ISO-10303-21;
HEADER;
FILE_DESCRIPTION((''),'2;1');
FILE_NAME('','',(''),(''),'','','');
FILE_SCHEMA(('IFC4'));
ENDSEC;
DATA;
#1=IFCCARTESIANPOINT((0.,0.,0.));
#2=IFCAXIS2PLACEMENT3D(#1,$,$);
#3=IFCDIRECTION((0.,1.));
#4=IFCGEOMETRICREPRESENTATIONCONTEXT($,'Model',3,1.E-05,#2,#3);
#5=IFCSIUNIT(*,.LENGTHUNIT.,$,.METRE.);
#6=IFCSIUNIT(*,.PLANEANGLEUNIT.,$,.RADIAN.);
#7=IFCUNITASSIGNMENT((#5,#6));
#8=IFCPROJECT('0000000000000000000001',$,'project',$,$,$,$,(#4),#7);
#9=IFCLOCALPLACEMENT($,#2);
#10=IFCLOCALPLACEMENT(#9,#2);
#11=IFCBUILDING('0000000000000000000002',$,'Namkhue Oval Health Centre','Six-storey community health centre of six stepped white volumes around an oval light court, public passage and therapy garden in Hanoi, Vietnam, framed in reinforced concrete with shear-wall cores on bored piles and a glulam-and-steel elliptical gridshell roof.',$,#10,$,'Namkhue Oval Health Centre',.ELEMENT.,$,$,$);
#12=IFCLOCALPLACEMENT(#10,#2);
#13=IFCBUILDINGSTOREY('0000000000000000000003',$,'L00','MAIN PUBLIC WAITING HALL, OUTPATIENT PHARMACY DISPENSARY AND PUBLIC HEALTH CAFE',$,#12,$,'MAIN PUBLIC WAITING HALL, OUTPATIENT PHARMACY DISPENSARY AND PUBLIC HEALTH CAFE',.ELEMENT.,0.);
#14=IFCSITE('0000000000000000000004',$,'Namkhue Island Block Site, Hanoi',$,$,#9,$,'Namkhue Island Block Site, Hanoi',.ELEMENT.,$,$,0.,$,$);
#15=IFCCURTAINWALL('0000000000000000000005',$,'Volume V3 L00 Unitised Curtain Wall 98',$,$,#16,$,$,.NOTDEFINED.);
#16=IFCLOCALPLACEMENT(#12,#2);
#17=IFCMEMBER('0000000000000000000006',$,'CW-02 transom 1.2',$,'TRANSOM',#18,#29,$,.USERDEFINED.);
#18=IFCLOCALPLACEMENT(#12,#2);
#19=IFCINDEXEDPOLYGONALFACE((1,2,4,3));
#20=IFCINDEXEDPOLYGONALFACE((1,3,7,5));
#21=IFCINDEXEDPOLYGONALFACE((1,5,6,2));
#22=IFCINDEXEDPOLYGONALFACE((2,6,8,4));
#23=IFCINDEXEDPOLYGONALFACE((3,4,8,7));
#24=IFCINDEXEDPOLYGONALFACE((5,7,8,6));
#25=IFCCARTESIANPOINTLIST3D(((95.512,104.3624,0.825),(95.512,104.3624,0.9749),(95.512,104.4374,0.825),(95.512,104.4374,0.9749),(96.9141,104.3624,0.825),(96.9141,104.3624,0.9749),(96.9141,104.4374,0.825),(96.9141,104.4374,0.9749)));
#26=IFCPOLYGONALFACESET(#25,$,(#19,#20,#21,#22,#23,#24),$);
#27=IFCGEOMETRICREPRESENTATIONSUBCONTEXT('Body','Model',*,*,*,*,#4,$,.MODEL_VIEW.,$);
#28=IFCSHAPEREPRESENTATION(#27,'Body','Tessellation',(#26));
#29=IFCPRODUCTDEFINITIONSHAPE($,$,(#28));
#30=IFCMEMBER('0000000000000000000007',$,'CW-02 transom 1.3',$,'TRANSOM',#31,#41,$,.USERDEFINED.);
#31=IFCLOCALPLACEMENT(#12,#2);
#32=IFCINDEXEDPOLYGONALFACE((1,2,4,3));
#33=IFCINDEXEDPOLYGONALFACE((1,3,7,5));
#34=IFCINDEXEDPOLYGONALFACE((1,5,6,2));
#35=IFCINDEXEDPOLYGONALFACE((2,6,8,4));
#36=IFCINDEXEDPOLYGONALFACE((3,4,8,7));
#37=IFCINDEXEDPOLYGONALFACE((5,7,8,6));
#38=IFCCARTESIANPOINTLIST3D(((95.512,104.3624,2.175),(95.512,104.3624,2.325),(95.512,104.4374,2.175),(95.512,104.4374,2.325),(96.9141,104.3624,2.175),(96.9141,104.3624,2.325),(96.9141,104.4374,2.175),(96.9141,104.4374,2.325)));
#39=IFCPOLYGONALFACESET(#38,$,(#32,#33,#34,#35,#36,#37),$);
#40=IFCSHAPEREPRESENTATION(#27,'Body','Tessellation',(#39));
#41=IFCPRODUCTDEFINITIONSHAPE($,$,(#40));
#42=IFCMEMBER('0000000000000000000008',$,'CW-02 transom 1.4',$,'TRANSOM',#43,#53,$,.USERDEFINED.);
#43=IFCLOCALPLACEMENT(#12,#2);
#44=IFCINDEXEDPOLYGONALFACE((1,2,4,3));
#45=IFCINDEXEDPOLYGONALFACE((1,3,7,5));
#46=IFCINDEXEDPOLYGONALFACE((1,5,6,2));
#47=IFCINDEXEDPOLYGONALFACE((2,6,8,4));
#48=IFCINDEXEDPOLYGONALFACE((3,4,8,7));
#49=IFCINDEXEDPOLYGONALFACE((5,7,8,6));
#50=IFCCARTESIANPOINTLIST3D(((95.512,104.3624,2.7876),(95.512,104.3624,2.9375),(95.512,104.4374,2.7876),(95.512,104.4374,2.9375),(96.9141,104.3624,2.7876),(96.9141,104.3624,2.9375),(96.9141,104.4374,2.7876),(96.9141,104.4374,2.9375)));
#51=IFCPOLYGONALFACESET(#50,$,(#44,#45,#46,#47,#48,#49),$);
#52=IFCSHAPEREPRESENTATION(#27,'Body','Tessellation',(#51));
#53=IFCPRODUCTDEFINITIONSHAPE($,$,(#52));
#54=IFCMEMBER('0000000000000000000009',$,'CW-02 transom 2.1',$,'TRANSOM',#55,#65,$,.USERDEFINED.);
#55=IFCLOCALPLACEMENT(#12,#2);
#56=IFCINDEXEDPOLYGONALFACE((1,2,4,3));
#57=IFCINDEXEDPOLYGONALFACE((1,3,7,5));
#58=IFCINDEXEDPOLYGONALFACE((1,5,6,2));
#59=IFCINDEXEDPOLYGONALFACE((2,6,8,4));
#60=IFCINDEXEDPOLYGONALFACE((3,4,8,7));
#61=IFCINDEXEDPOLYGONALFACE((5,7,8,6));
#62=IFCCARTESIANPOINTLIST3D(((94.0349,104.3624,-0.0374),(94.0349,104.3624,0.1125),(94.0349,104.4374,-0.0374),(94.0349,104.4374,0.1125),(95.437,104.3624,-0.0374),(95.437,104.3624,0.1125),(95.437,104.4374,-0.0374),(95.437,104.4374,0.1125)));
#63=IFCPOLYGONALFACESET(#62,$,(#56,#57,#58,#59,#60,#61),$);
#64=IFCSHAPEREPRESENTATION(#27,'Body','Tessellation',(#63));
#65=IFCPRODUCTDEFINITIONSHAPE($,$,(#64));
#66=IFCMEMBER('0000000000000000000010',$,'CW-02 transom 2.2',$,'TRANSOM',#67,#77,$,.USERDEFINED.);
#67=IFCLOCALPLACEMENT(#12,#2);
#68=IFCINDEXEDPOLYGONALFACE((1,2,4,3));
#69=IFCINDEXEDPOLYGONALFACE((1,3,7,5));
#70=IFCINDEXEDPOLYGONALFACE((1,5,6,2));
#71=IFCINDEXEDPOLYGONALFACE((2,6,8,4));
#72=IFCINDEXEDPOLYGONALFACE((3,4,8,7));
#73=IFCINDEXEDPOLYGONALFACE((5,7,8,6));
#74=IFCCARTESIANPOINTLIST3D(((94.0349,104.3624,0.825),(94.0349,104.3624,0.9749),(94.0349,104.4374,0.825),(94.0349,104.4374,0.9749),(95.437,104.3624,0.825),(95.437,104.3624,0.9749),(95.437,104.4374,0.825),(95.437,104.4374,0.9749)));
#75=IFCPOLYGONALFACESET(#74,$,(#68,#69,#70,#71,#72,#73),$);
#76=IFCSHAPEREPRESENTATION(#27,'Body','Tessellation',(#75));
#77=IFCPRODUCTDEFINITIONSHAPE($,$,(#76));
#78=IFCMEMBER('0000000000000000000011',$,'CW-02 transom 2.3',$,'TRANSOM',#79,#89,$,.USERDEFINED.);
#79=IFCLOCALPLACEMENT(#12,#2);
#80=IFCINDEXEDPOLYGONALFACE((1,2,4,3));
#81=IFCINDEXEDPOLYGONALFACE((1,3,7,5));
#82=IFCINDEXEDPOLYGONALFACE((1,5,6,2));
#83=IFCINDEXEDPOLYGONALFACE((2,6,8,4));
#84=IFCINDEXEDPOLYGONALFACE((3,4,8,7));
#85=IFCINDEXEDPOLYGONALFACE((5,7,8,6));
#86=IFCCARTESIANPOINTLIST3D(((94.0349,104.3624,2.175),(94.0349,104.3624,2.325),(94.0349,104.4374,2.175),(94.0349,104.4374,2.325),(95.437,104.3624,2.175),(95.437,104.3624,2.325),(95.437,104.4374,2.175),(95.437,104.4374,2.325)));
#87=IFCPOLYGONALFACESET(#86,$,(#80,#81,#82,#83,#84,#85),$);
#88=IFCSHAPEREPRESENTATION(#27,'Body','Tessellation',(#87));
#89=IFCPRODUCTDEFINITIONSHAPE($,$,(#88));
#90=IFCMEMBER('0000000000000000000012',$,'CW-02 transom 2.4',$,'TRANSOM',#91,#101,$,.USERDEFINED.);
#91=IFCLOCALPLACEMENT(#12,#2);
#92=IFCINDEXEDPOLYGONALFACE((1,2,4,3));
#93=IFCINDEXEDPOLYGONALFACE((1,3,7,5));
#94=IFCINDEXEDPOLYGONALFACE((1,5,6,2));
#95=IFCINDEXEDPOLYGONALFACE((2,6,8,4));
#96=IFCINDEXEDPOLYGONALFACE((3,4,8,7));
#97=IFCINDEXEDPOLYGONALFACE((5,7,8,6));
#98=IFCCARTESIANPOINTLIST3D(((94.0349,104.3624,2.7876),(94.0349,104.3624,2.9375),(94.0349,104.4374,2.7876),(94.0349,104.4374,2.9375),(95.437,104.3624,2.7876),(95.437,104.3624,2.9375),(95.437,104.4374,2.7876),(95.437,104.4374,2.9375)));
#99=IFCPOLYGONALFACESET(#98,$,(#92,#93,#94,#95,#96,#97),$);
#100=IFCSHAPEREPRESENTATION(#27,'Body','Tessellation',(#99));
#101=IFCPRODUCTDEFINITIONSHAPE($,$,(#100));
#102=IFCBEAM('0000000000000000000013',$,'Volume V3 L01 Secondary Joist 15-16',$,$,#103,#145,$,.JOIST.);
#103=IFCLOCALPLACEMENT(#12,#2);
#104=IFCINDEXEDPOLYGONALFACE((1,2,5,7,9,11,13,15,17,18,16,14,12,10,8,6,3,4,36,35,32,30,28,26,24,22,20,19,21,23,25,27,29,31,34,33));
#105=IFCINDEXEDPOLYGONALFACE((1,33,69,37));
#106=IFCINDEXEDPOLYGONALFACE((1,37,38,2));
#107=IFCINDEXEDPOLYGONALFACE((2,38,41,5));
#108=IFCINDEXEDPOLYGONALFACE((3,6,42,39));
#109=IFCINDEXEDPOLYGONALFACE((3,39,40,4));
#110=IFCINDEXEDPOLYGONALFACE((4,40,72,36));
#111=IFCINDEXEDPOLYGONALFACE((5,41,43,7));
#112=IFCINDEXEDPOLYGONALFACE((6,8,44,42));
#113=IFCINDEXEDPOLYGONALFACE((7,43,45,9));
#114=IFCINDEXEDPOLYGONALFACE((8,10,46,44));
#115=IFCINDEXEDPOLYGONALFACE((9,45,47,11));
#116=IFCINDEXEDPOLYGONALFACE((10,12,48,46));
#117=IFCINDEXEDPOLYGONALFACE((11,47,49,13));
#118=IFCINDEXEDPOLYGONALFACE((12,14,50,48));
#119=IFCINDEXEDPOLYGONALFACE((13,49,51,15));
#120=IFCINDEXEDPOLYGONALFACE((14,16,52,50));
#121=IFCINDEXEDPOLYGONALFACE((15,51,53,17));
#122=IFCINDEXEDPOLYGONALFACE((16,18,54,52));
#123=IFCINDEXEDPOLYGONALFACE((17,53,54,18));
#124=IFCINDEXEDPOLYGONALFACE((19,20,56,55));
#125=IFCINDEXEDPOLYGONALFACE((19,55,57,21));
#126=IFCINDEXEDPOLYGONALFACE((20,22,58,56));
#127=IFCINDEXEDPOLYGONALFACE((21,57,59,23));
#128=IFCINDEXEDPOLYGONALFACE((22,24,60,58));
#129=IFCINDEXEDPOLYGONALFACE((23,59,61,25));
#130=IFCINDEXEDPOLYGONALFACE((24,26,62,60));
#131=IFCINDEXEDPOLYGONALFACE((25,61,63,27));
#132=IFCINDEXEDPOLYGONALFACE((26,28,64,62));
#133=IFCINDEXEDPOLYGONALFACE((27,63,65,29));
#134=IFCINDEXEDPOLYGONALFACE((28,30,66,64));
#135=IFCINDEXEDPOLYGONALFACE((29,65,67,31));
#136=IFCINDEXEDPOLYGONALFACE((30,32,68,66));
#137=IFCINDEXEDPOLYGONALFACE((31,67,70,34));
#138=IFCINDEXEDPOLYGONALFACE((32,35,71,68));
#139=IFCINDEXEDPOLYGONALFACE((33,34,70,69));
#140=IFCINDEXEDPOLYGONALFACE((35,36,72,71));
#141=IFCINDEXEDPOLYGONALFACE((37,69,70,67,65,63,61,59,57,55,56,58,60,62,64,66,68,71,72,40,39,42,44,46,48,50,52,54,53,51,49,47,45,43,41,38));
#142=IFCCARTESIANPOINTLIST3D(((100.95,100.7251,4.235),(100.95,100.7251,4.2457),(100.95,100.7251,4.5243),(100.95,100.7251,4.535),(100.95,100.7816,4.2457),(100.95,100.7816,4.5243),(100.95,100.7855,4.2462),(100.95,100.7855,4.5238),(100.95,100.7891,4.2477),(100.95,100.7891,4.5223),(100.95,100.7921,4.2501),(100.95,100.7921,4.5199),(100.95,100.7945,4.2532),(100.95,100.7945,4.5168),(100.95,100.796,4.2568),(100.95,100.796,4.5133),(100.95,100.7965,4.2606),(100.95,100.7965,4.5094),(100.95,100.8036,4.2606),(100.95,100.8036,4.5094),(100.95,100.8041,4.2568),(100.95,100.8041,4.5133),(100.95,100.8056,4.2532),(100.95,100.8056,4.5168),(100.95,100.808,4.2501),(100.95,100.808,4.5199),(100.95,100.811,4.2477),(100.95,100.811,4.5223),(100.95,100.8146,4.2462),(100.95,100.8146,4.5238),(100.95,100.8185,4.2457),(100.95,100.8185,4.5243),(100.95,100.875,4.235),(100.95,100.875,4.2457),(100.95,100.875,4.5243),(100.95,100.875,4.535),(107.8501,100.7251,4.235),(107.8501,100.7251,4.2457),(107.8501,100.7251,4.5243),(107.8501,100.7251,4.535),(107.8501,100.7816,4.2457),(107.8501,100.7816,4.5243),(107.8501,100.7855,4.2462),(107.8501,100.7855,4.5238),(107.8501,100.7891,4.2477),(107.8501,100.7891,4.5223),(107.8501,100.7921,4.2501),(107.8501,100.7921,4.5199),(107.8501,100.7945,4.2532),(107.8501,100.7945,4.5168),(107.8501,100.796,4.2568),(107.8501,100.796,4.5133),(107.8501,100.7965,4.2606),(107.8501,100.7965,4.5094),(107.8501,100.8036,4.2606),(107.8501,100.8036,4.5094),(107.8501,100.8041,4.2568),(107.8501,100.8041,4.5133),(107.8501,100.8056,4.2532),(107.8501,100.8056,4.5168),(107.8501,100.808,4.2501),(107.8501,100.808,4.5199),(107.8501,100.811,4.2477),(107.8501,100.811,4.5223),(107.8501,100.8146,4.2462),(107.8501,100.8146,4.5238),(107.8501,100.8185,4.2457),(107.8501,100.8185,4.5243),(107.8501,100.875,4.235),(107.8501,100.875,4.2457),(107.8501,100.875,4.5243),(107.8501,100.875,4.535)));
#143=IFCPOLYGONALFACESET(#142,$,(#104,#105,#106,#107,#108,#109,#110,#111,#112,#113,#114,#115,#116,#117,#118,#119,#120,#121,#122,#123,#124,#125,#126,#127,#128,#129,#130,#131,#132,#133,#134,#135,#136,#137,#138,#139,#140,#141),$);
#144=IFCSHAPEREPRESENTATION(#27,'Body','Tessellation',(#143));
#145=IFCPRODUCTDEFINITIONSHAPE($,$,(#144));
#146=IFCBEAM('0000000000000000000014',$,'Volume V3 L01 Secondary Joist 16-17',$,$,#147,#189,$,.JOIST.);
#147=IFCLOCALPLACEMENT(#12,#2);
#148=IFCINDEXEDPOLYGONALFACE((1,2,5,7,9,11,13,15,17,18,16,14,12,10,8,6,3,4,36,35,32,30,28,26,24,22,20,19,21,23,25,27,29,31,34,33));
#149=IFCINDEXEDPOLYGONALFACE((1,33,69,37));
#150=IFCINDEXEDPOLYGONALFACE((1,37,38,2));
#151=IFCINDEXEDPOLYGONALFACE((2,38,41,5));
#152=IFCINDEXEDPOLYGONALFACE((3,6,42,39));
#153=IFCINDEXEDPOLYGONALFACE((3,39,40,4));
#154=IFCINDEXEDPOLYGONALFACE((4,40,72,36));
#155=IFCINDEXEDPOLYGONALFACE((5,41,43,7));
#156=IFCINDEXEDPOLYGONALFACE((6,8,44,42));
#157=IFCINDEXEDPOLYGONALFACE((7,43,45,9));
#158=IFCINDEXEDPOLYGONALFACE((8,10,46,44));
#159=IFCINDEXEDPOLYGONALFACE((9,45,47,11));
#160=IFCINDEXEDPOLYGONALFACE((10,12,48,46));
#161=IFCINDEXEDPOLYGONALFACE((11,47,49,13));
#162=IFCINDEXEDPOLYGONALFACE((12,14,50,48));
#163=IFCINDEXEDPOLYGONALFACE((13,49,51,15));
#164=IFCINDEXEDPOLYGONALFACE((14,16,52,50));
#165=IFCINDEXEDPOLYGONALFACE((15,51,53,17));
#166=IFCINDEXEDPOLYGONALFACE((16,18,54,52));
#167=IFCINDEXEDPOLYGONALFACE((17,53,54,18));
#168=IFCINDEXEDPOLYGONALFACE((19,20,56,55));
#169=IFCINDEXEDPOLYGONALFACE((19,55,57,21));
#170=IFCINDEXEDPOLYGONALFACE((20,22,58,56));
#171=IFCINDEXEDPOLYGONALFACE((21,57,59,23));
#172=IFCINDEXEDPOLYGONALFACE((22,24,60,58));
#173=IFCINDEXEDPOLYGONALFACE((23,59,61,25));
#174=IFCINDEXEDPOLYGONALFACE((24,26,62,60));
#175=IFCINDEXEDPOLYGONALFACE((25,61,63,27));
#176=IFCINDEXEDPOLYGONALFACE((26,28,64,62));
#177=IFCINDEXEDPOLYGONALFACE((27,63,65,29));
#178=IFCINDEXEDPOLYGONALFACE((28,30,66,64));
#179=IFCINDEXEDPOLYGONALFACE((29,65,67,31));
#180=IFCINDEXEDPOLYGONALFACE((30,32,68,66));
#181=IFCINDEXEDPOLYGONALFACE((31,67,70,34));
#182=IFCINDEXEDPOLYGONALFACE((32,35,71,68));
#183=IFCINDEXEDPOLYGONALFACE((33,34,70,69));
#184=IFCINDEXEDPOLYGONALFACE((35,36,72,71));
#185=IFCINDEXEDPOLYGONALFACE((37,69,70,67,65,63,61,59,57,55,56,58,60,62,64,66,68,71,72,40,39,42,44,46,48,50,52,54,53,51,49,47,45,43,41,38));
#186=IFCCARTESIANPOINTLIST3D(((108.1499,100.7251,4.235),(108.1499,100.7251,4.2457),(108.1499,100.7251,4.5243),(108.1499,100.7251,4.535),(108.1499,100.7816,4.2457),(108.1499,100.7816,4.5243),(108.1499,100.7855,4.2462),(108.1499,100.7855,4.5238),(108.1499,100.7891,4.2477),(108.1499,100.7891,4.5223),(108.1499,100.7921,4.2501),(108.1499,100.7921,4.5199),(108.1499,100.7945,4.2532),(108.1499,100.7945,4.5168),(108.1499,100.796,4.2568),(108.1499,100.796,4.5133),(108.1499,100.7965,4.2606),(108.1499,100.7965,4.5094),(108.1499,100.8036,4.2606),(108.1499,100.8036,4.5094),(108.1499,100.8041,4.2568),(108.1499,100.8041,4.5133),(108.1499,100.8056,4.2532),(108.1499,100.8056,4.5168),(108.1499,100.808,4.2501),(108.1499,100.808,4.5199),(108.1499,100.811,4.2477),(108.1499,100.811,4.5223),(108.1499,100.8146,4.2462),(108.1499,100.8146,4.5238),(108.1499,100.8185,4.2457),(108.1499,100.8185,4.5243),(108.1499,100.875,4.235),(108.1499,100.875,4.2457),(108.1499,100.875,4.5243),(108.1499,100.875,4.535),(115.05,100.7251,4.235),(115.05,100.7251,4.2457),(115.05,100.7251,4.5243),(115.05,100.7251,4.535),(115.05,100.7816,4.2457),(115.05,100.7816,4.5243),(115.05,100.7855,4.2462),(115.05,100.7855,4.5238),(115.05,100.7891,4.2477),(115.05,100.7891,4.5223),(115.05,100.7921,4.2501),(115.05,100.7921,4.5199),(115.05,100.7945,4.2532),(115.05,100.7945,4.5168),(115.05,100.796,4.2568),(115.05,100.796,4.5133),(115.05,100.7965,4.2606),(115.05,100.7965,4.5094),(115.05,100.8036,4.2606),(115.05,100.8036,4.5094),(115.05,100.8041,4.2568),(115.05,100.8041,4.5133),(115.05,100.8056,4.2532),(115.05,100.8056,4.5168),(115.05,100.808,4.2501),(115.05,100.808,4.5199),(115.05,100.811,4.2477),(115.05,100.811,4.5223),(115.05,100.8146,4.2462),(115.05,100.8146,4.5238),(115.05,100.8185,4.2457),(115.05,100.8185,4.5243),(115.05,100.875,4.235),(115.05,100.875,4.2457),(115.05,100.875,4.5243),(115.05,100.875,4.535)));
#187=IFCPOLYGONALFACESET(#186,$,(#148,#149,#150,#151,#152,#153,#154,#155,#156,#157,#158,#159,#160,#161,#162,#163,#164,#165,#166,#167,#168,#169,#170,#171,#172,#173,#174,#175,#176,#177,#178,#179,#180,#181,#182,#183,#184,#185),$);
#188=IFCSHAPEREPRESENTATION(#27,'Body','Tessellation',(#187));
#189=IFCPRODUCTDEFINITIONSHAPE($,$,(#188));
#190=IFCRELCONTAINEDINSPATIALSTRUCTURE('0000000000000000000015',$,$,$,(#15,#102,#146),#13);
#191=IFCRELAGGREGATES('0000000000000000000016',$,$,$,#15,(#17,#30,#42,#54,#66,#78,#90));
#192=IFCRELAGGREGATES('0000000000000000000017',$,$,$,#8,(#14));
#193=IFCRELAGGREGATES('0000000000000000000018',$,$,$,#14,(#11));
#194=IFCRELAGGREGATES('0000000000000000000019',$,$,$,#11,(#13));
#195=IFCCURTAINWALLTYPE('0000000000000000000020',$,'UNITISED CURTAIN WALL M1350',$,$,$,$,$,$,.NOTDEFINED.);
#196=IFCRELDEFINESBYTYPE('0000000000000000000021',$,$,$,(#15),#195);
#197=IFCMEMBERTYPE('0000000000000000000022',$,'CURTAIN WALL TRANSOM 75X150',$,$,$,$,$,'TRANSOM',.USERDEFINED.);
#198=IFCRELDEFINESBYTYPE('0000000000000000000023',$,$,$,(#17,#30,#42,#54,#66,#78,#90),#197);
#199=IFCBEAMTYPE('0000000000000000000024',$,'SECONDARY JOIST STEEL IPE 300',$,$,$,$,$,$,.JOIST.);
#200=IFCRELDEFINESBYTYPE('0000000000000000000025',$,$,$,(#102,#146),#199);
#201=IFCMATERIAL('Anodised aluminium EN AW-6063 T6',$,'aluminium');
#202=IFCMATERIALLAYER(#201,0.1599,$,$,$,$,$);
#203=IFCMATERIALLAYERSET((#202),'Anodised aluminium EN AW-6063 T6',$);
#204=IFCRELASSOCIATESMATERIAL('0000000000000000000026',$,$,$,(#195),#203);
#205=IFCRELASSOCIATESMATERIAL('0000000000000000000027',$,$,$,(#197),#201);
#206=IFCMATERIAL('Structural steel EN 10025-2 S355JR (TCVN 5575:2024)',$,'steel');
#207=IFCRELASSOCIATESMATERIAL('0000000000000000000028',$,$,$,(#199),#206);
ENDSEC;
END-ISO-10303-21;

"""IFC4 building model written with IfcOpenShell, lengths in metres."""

from ifc_helpers import new_model, si_unit, direction, frame, origin, origin_2d, place, context, subcontext, project, spatial, rectangle, i_section, extrude, material, layer, layer_set, material_profile, profile_set, type_object, element, aggregate, save


model = new_model("IFC4")

# Units and contexts
model_context = context("Model", 3, precision=1e-05, world=origin(), true_north=direction((0.0, 1.0)))
body_context = subcontext(model_context, "Body", "Model", "MODEL_VIEW")
ifc_project = project(units=[si_unit("LENGTHUNIT", "METRE"), si_unit("PLANEANGLEUNIT", "RADIAN")], contexts=[model_context])

# Site, building, storey
site_placement = place(None, origin())
site = spatial("IfcSite", under=ifc_project, at=site_placement, Name="Namkhue Island Block Site, Hanoi", LongName="Namkhue Island Block Site, Hanoi", CompositionType="ELEMENT", RefElevation=0.0)
building_placement = place(site_placement, origin())
building = spatial("IfcBuilding", under=site, at=building_placement, Name="Namkhue Oval Health Centre", Description="Six-storey community health centre of six stepped white volumes around an oval light court, public passage and therapy garden in Hanoi, Vietnam, framed in reinforced concrete with shear-wall cores on bored piles and a glulam-and-steel elliptical gridshell roof.", LongName="Namkhue Oval Health Centre", CompositionType="ELEMENT")
storey_placement = place(building_placement, origin())
storey = spatial("IfcBuildingStorey", under=building, at=storey_placement, Name="L00", Description="MAIN PUBLIC WAITING HALL, OUTPATIENT PHARMACY DISPENSARY AND PUBLIC HEALTH CAFE", LongName="MAIN PUBLIC WAITING HALL, OUTPATIENT PHARMACY DISPENSARY AND PUBLIC HEALTH CAFE", CompositionType="ELEMENT", Elevation=0.0)

# Shared definitions
ifc_material_1 = material(Name="Anodised aluminium EN AW-6063 T6", Category="aluminium")

# Curtain wall, members
ifc_layer_1 = layer(ifc_material_1, 0.1599)
ifc_layer_set_1 = layer_set([ifc_layer_1], Name="Anodised aluminium EN AW-6063 T6")
curtain_wall_type_1 = type_object("IfcCurtainWallType", Name="UNITISED CURTAIN WALL M1350", PredefinedType="NOTDEFINED", material=ifc_layer_set_1)
curtain_wall_1_placement = place(storey_placement, origin())
curtain_wall_1 = element("IfcCurtainWall", 1, at=curtain_wall_1_placement, inside=storey, type_object=curtain_wall_type_1, Name="Volume V3 L00 Unitised Curtain Wall 98", PredefinedType="NOTDEFINED")
ifc_material_profile_1 = material_profile(ifc_material_1, rectangle(XDim=0.075, YDim=0.1499, at=origin_2d()), Name="ALU 75x150")
ifc_profile_set_1 = profile_set([ifc_material_profile_1], Name="Anodised aluminium EN AW-6063 T6")
member_type_1 = type_object("IfcMemberType", Name="CURTAIN WALL TRANSOM 75X150", ElementType="TRANSOM", PredefinedType="USERDEFINED", material=ifc_profile_set_1)
member_1_placement = place(storey_placement, frame((96.9141, 104.3999, 0.8999), z_axis=(-1.0, 0.0, 0.0), x_axis=(0.0, -1.0, 0.0)))
member_1 = element("IfcMember", 2, at=member_1_placement, type_object=member_type_1, Name="CW-02 transom 1.2", ObjectType="TRANSOM", PredefinedType="USERDEFINED", context=body_context, shape_type="SweptSolid", body=[
    extrude(rectangle(XDim=0.075, YDim=0.1499, at=origin_2d()), origin(), (0.0, 0.0, 1.0), 1.4021),
])
member_2_placement = place(storey_placement, frame((96.9141, 104.3999, 2.25), z_axis=(-1.0, 0.0, 0.0), x_axis=(0.0, -1.0, 0.0)))
member_2 = element("IfcMember", 3, at=member_2_placement, type_object=member_type_1, Name="CW-02 transom 1.3", ObjectType="TRANSOM", PredefinedType="USERDEFINED", context=body_context, shape_type="SweptSolid", body=[
    extrude(rectangle(XDim=0.075, YDim=0.1499, at=origin_2d()), origin(), (0.0, 0.0, 1.0), 1.4021),
])
member_3_placement = place(storey_placement, frame((96.9141, 104.3999, 2.8625), z_axis=(-1.0, 0.0, 0.0), x_axis=(0.0, -1.0, 0.0)))
member_3 = element("IfcMember", 4, at=member_3_placement, type_object=member_type_1, Name="CW-02 transom 1.4", ObjectType="TRANSOM", PredefinedType="USERDEFINED", context=body_context, shape_type="SweptSolid", body=[
    extrude(rectangle(XDim=0.075, YDim=0.1499, at=origin_2d()), origin(), (0.0, 0.0, 1.0), 1.4021),
])
member_4_placement = place(storey_placement, frame((95.437, 104.3999, 0.0376), z_axis=(-1.0, 0.0, 0.0), x_axis=(0.0, -1.0, 0.0)))
member_4 = element("IfcMember", 5, at=member_4_placement, type_object=member_type_1, Name="CW-02 transom 2.1", ObjectType="TRANSOM", PredefinedType="USERDEFINED", context=body_context, shape_type="SweptSolid", body=[
    extrude(rectangle(XDim=0.075, YDim=0.1499, at=origin_2d()), origin(), (0.0, 0.0, 1.0), 1.4021),
])
member_5_placement = place(storey_placement, frame((95.437, 104.3999, 0.8999), z_axis=(-1.0, 0.0, 0.0), x_axis=(0.0, -1.0, 0.0)))
member_5 = element("IfcMember", 6, at=member_5_placement, type_object=member_type_1, Name="CW-02 transom 2.2", ObjectType="TRANSOM", PredefinedType="USERDEFINED", context=body_context, shape_type="SweptSolid", body=[
    extrude(rectangle(XDim=0.075, YDim=0.1499, at=origin_2d()), origin(), (0.0, 0.0, 1.0), 1.4021),
])
member_6_placement = place(storey_placement, frame((95.437, 104.3999, 2.25), z_axis=(-1.0, 0.0, 0.0), x_axis=(0.0, -1.0, 0.0)))
member_6 = element("IfcMember", 7, at=member_6_placement, type_object=member_type_1, Name="CW-02 transom 2.3", ObjectType="TRANSOM", PredefinedType="USERDEFINED", context=body_context, shape_type="SweptSolid", body=[
    extrude(rectangle(XDim=0.075, YDim=0.1499, at=origin_2d()), origin(), (0.0, 0.0, 1.0), 1.4021),
])
member_7_placement = place(storey_placement, frame((95.437, 104.3999, 2.8625), z_axis=(-1.0, 0.0, 0.0), x_axis=(0.0, -1.0, 0.0)))
member_7 = element("IfcMember", 8, at=member_7_placement, type_object=member_type_1, Name="CW-02 transom 2.4", ObjectType="TRANSOM", PredefinedType="USERDEFINED", context=body_context, shape_type="SweptSolid", body=[
    extrude(rectangle(XDim=0.075, YDim=0.1499, at=origin_2d()), origin(), (0.0, 0.0, 1.0), 1.4021),
])

# Beams
ifc_material_2 = material(Name="Structural steel EN 10025-2 S355JR (TCVN 5575:2024)", Category="steel")
ifc_material_profile_2 = material_profile(ifc_material_2, i_section(OverallWidth=0.1499, OverallDepth=0.3, WebThickness=0.0071, FlangeThickness=0.0107, FilletRadius=0.0149, at=origin_2d()), Name="IPE 300")
ifc_profile_set_2 = profile_set([ifc_material_profile_2], Name="Structural steel EN 10025-2 S355JR (TCVN 5575:2024)")
beam_type = type_object("IfcBeamType", Name="SECONDARY JOIST STEEL IPE 300", PredefinedType="JOIST", material=ifc_profile_set_2)
for number, where, z_axis, x_axis, name in (
    (9, (100.95, 100.8, 4.385), (1.0, 0.0, 0.0), (0.0, 1.0, 0.0), "Volume V3 L01 Secondary Joist 15-16"),
    (10, (108.1499, 100.8, 4.385), (1.0, 0.0, 0.0), (0.0, 1.0, 0.0), "Volume V3 L01 Secondary Joist 16-17"),
):
    element("IfcBeam", number, at=place(storey_placement, frame(where, z_axis=z_axis, x_axis=x_axis)), inside=storey, type_object=beam_type, Name=name, PredefinedType="JOIST", context=body_context, shape_type="SweptSolid", body=[
        extrude(i_section(OverallWidth=0.1499, OverallDepth=0.3, WebThickness=0.0071, FlangeThickness=0.0107, FilletRadius=0.0149, at=origin_2d()), origin(), (0.0, 0.0, 1.0), 6.9001),
    ])

aggregate(curtain_wall_1, [member_1, member_2, member_3, member_4, member_5, member_6, member_7])

save(model, "model.ifc")
